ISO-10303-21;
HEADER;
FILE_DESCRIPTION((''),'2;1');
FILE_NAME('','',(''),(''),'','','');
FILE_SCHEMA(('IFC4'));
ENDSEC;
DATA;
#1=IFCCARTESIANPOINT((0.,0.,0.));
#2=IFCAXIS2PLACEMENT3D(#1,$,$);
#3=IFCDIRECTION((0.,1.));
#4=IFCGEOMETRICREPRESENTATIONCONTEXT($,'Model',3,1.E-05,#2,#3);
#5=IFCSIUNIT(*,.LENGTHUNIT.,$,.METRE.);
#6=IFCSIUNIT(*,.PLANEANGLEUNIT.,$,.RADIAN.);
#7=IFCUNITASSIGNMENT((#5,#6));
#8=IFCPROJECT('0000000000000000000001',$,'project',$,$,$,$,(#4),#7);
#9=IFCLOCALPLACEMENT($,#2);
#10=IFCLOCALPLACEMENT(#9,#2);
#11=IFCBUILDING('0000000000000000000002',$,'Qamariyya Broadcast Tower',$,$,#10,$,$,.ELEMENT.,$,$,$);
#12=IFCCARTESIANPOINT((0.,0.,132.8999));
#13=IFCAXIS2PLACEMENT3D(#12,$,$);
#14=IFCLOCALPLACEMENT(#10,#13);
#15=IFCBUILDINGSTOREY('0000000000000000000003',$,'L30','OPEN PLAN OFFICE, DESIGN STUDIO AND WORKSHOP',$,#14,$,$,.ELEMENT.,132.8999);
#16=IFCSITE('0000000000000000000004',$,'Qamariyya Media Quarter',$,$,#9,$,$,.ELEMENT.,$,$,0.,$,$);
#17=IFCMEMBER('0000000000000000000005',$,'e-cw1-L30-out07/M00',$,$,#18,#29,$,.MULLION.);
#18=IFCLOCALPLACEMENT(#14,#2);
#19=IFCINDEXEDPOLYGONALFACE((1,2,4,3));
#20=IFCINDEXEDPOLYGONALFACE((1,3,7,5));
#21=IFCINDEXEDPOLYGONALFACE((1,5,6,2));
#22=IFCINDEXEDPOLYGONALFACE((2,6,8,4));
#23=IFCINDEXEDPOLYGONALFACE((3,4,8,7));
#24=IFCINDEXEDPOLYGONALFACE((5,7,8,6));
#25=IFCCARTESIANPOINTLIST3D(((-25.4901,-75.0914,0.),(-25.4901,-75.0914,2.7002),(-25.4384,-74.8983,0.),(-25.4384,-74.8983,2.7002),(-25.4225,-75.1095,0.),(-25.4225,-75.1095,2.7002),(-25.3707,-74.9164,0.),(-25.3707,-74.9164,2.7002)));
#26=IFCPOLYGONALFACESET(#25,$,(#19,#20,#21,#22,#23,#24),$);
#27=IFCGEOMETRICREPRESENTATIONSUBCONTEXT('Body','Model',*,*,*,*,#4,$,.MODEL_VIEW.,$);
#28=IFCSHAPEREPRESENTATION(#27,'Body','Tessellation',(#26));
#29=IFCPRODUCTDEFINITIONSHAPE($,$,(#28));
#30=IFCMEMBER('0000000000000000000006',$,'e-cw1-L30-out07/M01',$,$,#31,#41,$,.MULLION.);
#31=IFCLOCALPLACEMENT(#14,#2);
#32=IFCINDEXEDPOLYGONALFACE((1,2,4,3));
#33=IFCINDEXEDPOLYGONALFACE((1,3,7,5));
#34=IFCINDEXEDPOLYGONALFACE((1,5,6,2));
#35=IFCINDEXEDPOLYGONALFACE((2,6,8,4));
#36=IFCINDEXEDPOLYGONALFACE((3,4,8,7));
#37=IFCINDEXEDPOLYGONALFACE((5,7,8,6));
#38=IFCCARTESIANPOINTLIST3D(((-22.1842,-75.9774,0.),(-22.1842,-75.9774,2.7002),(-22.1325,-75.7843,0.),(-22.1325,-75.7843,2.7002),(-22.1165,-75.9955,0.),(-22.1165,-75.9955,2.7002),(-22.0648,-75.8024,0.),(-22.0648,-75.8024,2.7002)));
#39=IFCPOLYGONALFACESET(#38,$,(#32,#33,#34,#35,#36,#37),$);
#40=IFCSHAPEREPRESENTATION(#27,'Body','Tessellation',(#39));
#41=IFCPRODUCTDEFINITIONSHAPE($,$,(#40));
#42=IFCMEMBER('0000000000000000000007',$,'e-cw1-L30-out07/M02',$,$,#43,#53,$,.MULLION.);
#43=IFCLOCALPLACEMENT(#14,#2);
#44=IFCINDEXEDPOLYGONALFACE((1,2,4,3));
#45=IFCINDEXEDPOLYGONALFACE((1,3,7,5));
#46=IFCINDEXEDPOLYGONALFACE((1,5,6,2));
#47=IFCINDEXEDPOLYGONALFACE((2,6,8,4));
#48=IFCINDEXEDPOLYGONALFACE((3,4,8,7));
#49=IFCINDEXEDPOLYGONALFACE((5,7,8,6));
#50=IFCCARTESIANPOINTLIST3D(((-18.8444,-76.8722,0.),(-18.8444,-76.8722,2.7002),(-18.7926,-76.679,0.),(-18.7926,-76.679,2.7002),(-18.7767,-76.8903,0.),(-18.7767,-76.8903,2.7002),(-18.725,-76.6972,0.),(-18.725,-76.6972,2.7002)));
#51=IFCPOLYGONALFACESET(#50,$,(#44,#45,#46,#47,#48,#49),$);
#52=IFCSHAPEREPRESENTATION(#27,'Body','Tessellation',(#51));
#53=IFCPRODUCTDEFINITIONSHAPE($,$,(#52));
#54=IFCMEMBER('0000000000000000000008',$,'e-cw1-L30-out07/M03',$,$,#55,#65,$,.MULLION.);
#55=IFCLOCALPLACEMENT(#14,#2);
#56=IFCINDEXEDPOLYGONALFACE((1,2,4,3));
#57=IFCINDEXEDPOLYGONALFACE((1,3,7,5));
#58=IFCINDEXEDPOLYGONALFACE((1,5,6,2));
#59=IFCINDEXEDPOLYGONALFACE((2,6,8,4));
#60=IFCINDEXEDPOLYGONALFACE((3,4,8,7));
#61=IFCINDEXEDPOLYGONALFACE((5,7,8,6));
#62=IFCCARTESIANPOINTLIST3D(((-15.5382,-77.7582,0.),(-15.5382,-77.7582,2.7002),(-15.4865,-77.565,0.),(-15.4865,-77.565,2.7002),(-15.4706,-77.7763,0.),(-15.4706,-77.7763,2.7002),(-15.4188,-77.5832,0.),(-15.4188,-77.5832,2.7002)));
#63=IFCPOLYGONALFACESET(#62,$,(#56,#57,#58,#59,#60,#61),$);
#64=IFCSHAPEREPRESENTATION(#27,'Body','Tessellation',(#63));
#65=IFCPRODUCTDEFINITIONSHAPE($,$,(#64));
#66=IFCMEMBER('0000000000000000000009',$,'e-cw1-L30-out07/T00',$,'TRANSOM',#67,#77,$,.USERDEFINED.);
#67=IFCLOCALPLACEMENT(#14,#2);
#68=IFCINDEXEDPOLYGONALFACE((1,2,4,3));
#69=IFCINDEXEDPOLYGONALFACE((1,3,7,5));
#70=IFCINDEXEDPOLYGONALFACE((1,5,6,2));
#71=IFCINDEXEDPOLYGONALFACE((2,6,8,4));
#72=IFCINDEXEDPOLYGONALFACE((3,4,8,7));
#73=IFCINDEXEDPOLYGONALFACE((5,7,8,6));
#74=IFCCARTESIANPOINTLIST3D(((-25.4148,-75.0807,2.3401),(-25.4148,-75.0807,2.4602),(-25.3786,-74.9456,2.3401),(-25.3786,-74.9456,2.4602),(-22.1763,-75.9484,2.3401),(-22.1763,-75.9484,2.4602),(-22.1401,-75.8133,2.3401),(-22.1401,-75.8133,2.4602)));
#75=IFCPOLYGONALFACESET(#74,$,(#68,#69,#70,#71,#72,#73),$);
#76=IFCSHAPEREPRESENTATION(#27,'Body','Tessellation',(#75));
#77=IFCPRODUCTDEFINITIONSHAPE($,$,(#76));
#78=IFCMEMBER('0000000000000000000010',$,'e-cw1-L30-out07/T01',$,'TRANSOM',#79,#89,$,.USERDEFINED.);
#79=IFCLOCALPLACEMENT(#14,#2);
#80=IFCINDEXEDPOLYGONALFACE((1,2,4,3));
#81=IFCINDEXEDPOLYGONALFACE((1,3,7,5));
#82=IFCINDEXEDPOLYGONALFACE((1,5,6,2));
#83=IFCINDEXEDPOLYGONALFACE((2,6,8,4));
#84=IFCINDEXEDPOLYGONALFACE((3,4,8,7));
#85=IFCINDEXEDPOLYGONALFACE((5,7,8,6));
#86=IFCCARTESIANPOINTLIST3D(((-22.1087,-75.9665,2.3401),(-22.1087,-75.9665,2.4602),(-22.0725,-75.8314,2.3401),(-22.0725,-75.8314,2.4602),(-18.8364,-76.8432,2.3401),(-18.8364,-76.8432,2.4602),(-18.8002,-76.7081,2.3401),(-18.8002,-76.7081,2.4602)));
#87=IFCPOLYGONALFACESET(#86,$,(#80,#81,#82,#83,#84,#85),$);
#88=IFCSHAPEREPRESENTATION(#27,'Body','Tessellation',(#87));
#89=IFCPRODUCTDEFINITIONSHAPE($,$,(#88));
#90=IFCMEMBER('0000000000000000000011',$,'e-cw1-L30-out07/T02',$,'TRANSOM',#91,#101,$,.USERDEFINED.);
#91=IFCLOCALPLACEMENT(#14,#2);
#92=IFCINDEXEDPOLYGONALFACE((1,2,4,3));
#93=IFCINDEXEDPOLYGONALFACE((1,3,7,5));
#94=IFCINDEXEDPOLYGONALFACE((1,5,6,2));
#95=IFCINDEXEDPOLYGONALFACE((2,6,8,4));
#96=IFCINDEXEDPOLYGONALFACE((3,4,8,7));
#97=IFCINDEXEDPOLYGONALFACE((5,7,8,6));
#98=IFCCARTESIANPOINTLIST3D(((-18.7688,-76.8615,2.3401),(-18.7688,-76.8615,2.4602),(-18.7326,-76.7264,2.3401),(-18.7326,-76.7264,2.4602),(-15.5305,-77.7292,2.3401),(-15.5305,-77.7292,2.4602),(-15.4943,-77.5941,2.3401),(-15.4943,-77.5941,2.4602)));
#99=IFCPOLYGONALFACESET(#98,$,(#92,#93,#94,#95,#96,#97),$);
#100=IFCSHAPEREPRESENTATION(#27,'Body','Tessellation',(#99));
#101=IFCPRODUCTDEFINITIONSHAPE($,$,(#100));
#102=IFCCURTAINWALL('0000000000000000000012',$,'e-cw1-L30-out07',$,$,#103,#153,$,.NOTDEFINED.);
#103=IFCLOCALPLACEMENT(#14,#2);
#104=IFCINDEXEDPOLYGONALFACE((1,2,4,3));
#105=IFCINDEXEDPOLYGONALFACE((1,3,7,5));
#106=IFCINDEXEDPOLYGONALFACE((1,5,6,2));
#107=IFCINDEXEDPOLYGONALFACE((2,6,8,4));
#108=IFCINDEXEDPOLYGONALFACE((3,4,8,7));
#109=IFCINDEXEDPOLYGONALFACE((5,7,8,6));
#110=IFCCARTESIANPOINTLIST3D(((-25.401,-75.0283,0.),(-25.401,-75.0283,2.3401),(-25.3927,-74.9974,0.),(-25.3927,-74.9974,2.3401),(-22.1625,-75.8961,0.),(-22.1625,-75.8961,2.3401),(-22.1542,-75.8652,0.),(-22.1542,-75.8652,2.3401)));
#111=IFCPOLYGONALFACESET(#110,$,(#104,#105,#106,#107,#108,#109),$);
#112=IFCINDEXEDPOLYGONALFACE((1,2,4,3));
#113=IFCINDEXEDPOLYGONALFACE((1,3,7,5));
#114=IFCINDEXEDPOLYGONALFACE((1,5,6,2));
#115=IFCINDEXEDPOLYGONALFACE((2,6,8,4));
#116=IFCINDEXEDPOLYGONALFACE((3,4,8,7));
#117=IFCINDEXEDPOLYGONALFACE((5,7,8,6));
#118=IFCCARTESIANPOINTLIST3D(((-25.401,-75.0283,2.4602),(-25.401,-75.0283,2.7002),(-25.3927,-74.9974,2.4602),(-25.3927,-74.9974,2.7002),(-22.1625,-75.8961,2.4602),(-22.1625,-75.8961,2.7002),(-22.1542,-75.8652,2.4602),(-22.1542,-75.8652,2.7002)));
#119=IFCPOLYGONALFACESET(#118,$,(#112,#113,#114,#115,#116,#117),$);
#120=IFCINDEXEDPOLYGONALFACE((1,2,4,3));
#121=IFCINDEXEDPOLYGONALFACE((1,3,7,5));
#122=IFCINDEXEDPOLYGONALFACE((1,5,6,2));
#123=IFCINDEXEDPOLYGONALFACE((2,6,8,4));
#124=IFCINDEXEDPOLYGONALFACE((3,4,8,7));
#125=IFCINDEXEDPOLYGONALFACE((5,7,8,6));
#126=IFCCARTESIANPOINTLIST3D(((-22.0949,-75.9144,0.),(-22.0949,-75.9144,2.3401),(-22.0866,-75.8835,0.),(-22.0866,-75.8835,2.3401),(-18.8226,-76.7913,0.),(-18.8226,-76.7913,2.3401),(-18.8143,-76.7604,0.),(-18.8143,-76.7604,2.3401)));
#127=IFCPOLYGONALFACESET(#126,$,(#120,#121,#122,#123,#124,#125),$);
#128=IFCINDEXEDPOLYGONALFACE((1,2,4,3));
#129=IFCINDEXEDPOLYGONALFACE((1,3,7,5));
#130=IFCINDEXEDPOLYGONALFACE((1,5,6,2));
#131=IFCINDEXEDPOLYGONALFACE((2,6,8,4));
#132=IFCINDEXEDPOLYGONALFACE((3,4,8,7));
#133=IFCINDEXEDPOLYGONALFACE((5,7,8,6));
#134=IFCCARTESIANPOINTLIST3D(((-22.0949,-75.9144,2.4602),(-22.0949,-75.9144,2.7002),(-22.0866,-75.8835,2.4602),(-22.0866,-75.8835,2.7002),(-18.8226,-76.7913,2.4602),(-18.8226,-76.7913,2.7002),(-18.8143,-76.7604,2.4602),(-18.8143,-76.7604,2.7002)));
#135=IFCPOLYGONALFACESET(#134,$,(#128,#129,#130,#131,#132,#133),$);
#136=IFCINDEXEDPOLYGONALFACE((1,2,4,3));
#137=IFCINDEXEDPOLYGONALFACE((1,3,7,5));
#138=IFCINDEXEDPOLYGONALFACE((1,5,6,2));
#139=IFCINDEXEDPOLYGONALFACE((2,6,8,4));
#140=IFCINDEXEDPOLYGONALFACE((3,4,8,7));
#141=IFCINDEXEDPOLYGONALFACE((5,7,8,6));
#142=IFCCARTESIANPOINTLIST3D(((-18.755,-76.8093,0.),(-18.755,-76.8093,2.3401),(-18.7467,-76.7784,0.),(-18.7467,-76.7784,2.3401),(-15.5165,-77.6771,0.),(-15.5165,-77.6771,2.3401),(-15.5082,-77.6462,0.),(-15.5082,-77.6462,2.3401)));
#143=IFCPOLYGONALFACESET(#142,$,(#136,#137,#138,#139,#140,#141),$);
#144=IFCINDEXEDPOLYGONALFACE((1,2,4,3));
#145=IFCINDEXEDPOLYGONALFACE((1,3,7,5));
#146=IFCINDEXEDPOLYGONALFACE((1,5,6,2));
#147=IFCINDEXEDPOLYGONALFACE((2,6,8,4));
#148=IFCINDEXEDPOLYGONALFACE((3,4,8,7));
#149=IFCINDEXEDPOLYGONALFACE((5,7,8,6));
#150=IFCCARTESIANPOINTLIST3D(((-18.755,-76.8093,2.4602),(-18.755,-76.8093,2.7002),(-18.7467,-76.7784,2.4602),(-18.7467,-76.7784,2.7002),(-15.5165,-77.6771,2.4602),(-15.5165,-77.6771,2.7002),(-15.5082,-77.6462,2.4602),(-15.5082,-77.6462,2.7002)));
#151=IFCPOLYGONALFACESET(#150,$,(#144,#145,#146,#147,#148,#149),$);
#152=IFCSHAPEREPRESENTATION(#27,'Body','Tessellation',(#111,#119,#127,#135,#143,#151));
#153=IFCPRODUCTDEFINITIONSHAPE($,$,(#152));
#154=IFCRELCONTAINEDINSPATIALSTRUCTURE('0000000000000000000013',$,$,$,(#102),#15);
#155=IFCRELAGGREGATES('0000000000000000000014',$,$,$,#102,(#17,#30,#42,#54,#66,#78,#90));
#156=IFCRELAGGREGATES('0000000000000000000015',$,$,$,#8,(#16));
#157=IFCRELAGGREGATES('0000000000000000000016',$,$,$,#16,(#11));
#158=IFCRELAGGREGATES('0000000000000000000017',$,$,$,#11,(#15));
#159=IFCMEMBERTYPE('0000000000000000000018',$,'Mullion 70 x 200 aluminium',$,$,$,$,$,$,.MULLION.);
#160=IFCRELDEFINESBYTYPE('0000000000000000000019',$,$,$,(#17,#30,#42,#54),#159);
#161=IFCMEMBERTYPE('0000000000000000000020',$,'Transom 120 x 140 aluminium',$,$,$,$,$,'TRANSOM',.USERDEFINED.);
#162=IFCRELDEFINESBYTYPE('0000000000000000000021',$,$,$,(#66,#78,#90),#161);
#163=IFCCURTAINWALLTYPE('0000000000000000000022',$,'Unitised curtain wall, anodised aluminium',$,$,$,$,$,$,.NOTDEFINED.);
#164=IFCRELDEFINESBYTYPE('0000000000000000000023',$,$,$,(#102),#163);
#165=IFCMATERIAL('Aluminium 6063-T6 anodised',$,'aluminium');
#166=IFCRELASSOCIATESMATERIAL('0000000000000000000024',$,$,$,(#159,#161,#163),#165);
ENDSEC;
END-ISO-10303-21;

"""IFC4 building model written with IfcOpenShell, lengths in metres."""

from ifc_helpers import new_model, si_unit, direction, frame, origin, origin_2d, place, context, subcontext, project, spatial, rectangle, extrude, material, material_profile, profile_set, type_object, element, aggregate, save


model = new_model("IFC4")

# Units and contexts
model_context = context("Model", 3, precision=1e-05, world=origin(), true_north=direction((0.0, 1.0)))
body_context = subcontext(model_context, "Body", "Model", "MODEL_VIEW")
ifc_project = project(units=[si_unit("LENGTHUNIT", "METRE"), si_unit("PLANEANGLEUNIT", "RADIAN")], contexts=[model_context])

# Members
ifc_material = material(Name="Aluminium 6063-T6 anodised", Category="aluminium")
ifc_material_profile_1 = material_profile(ifc_material, rectangle(XDim=0.2, YDim=0.0701, at=origin_2d()))
ifc_profile_set_1 = profile_set([ifc_material_profile_1], Name="Aluminium 6063-T6 anodised")
member_type_1 = type_object("IfcMemberType", Name="Mullion 70 x 200 aluminium", PredefinedType="MULLION", material=ifc_profile_set_1)
site_placement = place(None, origin())
building_placement = place(site_placement, origin())
storey_placement = place(building_placement, frame((0.0, 0.0, 132.8999)))
member_1_placement = place(storey_placement, frame((-25.4304, -75.0039, 0.0), z_axis=(0.0, 0.0, 1.0), x_axis=(0.258819, 0.965926, 0.0)))
member_1 = element("IfcMember", 1, at=member_1_placement, type_object=member_type_1, Name="e-cw1-L30-out07/M00", PredefinedType="MULLION", context=body_context, shape_type="SweptSolid", body=[
    extrude(rectangle(XDim=0.2, YDim=0.0701, at=origin_2d()), origin(), (0.0, 0.0, 1.0), 2.7002),
])
member_2_placement = place(storey_placement, frame((-22.1245, -75.8899, 0.0), z_axis=(0.0, 0.0, 1.0), x_axis=(0.258819, 0.965926, 0.0)))
member_2 = element("IfcMember", 2, at=member_2_placement, type_object=member_type_1, Name="e-cw1-L30-out07/M01", PredefinedType="MULLION", context=body_context, shape_type="SweptSolid", body=[
    extrude(rectangle(XDim=0.2, YDim=0.0701, at=origin_2d()), origin(), (0.0, 0.0, 1.0), 2.7002),
])
member_3_placement = place(storey_placement, frame((-18.7847, -76.7847, 0.0), z_axis=(0.0, 0.0, 1.0), x_axis=(0.258819, 0.965926, 0.0)))
member_3 = element("IfcMember", 3, at=member_3_placement, type_object=member_type_1, Name="e-cw1-L30-out07/M02", PredefinedType="MULLION", context=body_context, shape_type="SweptSolid", body=[
    extrude(rectangle(XDim=0.2, YDim=0.0701, at=origin_2d()), origin(), (0.0, 0.0, 1.0), 2.7002),
])
member_4_placement = place(storey_placement, frame((-15.4785, -77.6707, 0.0), z_axis=(0.0, 0.0, 1.0), x_axis=(0.258819, 0.965926, 0.0)))
member_4 = element("IfcMember", 4, at=member_4_placement, type_object=member_type_1, Name="e-cw1-L30-out07/M03", PredefinedType="MULLION", context=body_context, shape_type="SweptSolid", body=[
    extrude(rectangle(XDim=0.2, YDim=0.0701, at=origin_2d()), origin(), (0.0, 0.0, 1.0), 2.7002),
])
ifc_material_profile_2 = material_profile(ifc_material, rectangle(XDim=0.1399, YDim=0.1201, at=origin_2d()))
ifc_profile_set_2 = profile_set([ifc_material_profile_2], Name="Aluminium 6063-T6 anodised")
member_type_2 = type_object("IfcMemberType", Name="Transom 120 x 140 aluminium", ElementType="TRANSOM", PredefinedType="USERDEFINED", material=ifc_profile_set_2)
member_5_placement = place(storey_placement, frame((-25.3967, -75.0132, 2.4001), z_axis=(0.965932, -0.258796, 0.0), x_axis=(0.258796, 0.965932, 0.0)))
member_5 = element("IfcMember", 5, at=member_5_placement, type_object=member_type_2, Name="e-cw1-L30-out07/T00", ObjectType="TRANSOM", PredefinedType="USERDEFINED", context=body_context, shape_type="SweptSolid", body=[
    extrude(rectangle(XDim=0.1399, YDim=0.1201, at=origin_2d()), origin(), (0.0, 0.0, 1.0), 3.3528),
])
member_6_placement = place(storey_placement, frame((-22.0906, -75.8989, 2.4001), z_axis=(0.965932, -0.258797, 0.0), x_axis=(0.258797, 0.965932, 0.0)))
member_6 = element("IfcMember", 6, at=member_6_placement, type_object=member_type_2, Name="e-cw1-L30-out07/T01", ObjectType="TRANSOM", PredefinedType="USERDEFINED", context=body_context, shape_type="SweptSolid", body=[
    extrude(rectangle(XDim=0.1399, YDim=0.1201, at=origin_2d()), origin(), (0.0, 0.0, 1.0), 3.3877),
])
member_7_placement = place(storey_placement, frame((-18.7507, -76.7939, 2.4001), z_axis=(0.965927, -0.258814, 0.0), x_axis=(0.258814, 0.965927, 0.0)))
member_7 = element("IfcMember", 7, at=member_7_placement, type_object=member_type_2, Name="e-cw1-L30-out07/T02", ObjectType="TRANSOM", PredefinedType="USERDEFINED", context=body_context, shape_type="SweptSolid", body=[
    extrude(rectangle(XDim=0.1399, YDim=0.1201, at=origin_2d()), origin(), (0.0, 0.0, 1.0), 3.3525),
])

# Site, building, storey
site = spatial("IfcSite", under=ifc_project, at=site_placement, Name="Qamariyya Media Quarter", CompositionType="ELEMENT", RefElevation=0.0)
building = spatial("IfcBuilding", under=site, at=building_placement, Name="Qamariyya Broadcast Tower", CompositionType="ELEMENT")
storey = spatial("IfcBuildingStorey", under=building, at=storey_placement, Name="L30", Description="OPEN PLAN OFFICE, DESIGN STUDIO AND WORKSHOP", CompositionType="ELEMENT", Elevation=132.8999)

# Curtain wall
curtain_wall_type = type_object("IfcCurtainWallType", Name="Unitised curtain wall, anodised aluminium", PredefinedType="NOTDEFINED", material=ifc_material)
curtain_wall_1_placement = place(storey_placement, origin())
curtain_wall_1 = element("IfcCurtainWall", 8, at=curtain_wall_1_placement, inside=storey, type_object=curtain_wall_type, Name="e-cw1-L30-out07", PredefinedType="NOTDEFINED", context=body_context, shape_type="SweptSolid", body=[
    extrude(rectangle(XDim=3.3528, YDim=0.032, at=origin_2d()), frame((-23.7776, -75.4468, 0.0), x_axis=(0.965924, -0.258827, 0.0)), (0.0, 0.0, 1.0), 2.3401),
    extrude(rectangle(XDim=3.3528, YDim=0.032, at=origin_2d()), frame((-23.7776, -75.4468, 2.4602), x_axis=(0.965924, -0.258827, 0.0)), (0.0, 0.0, 1.0), 0.24),
    extrude(rectangle(XDim=3.3877, YDim=0.032, at=origin_2d()), frame((-20.4546, -76.3374, 0.0), x_axis=(0.965924, -0.258827, 0.0)), (0.0, 0.0, 1.0), 2.3401),
    extrude(rectangle(XDim=3.3877, YDim=0.032, at=origin_2d()), frame((-20.4546, -76.3374, 2.4602), x_axis=(0.965924, -0.258827, 0.0)), (0.0, 0.0, 1.0), 0.24),
    extrude(rectangle(XDim=3.3528, YDim=0.032, at=origin_2d()), frame((-17.1316, -77.2278, 0.0), x_axis=(0.965924, -0.258827, 0.0)), (0.0, 0.0, 1.0), 2.3401),
    extrude(rectangle(XDim=3.3528, YDim=0.032, at=origin_2d()), frame((-17.1316, -77.2278, 2.4602), x_axis=(0.965924, -0.258827, 0.0)), (0.0, 0.0, 1.0), 0.24),
])
aggregate(curtain_wall_1, [member_1, member_2, member_3, member_4, member_5, member_6, member_7])

save(model, "model.ifc")
